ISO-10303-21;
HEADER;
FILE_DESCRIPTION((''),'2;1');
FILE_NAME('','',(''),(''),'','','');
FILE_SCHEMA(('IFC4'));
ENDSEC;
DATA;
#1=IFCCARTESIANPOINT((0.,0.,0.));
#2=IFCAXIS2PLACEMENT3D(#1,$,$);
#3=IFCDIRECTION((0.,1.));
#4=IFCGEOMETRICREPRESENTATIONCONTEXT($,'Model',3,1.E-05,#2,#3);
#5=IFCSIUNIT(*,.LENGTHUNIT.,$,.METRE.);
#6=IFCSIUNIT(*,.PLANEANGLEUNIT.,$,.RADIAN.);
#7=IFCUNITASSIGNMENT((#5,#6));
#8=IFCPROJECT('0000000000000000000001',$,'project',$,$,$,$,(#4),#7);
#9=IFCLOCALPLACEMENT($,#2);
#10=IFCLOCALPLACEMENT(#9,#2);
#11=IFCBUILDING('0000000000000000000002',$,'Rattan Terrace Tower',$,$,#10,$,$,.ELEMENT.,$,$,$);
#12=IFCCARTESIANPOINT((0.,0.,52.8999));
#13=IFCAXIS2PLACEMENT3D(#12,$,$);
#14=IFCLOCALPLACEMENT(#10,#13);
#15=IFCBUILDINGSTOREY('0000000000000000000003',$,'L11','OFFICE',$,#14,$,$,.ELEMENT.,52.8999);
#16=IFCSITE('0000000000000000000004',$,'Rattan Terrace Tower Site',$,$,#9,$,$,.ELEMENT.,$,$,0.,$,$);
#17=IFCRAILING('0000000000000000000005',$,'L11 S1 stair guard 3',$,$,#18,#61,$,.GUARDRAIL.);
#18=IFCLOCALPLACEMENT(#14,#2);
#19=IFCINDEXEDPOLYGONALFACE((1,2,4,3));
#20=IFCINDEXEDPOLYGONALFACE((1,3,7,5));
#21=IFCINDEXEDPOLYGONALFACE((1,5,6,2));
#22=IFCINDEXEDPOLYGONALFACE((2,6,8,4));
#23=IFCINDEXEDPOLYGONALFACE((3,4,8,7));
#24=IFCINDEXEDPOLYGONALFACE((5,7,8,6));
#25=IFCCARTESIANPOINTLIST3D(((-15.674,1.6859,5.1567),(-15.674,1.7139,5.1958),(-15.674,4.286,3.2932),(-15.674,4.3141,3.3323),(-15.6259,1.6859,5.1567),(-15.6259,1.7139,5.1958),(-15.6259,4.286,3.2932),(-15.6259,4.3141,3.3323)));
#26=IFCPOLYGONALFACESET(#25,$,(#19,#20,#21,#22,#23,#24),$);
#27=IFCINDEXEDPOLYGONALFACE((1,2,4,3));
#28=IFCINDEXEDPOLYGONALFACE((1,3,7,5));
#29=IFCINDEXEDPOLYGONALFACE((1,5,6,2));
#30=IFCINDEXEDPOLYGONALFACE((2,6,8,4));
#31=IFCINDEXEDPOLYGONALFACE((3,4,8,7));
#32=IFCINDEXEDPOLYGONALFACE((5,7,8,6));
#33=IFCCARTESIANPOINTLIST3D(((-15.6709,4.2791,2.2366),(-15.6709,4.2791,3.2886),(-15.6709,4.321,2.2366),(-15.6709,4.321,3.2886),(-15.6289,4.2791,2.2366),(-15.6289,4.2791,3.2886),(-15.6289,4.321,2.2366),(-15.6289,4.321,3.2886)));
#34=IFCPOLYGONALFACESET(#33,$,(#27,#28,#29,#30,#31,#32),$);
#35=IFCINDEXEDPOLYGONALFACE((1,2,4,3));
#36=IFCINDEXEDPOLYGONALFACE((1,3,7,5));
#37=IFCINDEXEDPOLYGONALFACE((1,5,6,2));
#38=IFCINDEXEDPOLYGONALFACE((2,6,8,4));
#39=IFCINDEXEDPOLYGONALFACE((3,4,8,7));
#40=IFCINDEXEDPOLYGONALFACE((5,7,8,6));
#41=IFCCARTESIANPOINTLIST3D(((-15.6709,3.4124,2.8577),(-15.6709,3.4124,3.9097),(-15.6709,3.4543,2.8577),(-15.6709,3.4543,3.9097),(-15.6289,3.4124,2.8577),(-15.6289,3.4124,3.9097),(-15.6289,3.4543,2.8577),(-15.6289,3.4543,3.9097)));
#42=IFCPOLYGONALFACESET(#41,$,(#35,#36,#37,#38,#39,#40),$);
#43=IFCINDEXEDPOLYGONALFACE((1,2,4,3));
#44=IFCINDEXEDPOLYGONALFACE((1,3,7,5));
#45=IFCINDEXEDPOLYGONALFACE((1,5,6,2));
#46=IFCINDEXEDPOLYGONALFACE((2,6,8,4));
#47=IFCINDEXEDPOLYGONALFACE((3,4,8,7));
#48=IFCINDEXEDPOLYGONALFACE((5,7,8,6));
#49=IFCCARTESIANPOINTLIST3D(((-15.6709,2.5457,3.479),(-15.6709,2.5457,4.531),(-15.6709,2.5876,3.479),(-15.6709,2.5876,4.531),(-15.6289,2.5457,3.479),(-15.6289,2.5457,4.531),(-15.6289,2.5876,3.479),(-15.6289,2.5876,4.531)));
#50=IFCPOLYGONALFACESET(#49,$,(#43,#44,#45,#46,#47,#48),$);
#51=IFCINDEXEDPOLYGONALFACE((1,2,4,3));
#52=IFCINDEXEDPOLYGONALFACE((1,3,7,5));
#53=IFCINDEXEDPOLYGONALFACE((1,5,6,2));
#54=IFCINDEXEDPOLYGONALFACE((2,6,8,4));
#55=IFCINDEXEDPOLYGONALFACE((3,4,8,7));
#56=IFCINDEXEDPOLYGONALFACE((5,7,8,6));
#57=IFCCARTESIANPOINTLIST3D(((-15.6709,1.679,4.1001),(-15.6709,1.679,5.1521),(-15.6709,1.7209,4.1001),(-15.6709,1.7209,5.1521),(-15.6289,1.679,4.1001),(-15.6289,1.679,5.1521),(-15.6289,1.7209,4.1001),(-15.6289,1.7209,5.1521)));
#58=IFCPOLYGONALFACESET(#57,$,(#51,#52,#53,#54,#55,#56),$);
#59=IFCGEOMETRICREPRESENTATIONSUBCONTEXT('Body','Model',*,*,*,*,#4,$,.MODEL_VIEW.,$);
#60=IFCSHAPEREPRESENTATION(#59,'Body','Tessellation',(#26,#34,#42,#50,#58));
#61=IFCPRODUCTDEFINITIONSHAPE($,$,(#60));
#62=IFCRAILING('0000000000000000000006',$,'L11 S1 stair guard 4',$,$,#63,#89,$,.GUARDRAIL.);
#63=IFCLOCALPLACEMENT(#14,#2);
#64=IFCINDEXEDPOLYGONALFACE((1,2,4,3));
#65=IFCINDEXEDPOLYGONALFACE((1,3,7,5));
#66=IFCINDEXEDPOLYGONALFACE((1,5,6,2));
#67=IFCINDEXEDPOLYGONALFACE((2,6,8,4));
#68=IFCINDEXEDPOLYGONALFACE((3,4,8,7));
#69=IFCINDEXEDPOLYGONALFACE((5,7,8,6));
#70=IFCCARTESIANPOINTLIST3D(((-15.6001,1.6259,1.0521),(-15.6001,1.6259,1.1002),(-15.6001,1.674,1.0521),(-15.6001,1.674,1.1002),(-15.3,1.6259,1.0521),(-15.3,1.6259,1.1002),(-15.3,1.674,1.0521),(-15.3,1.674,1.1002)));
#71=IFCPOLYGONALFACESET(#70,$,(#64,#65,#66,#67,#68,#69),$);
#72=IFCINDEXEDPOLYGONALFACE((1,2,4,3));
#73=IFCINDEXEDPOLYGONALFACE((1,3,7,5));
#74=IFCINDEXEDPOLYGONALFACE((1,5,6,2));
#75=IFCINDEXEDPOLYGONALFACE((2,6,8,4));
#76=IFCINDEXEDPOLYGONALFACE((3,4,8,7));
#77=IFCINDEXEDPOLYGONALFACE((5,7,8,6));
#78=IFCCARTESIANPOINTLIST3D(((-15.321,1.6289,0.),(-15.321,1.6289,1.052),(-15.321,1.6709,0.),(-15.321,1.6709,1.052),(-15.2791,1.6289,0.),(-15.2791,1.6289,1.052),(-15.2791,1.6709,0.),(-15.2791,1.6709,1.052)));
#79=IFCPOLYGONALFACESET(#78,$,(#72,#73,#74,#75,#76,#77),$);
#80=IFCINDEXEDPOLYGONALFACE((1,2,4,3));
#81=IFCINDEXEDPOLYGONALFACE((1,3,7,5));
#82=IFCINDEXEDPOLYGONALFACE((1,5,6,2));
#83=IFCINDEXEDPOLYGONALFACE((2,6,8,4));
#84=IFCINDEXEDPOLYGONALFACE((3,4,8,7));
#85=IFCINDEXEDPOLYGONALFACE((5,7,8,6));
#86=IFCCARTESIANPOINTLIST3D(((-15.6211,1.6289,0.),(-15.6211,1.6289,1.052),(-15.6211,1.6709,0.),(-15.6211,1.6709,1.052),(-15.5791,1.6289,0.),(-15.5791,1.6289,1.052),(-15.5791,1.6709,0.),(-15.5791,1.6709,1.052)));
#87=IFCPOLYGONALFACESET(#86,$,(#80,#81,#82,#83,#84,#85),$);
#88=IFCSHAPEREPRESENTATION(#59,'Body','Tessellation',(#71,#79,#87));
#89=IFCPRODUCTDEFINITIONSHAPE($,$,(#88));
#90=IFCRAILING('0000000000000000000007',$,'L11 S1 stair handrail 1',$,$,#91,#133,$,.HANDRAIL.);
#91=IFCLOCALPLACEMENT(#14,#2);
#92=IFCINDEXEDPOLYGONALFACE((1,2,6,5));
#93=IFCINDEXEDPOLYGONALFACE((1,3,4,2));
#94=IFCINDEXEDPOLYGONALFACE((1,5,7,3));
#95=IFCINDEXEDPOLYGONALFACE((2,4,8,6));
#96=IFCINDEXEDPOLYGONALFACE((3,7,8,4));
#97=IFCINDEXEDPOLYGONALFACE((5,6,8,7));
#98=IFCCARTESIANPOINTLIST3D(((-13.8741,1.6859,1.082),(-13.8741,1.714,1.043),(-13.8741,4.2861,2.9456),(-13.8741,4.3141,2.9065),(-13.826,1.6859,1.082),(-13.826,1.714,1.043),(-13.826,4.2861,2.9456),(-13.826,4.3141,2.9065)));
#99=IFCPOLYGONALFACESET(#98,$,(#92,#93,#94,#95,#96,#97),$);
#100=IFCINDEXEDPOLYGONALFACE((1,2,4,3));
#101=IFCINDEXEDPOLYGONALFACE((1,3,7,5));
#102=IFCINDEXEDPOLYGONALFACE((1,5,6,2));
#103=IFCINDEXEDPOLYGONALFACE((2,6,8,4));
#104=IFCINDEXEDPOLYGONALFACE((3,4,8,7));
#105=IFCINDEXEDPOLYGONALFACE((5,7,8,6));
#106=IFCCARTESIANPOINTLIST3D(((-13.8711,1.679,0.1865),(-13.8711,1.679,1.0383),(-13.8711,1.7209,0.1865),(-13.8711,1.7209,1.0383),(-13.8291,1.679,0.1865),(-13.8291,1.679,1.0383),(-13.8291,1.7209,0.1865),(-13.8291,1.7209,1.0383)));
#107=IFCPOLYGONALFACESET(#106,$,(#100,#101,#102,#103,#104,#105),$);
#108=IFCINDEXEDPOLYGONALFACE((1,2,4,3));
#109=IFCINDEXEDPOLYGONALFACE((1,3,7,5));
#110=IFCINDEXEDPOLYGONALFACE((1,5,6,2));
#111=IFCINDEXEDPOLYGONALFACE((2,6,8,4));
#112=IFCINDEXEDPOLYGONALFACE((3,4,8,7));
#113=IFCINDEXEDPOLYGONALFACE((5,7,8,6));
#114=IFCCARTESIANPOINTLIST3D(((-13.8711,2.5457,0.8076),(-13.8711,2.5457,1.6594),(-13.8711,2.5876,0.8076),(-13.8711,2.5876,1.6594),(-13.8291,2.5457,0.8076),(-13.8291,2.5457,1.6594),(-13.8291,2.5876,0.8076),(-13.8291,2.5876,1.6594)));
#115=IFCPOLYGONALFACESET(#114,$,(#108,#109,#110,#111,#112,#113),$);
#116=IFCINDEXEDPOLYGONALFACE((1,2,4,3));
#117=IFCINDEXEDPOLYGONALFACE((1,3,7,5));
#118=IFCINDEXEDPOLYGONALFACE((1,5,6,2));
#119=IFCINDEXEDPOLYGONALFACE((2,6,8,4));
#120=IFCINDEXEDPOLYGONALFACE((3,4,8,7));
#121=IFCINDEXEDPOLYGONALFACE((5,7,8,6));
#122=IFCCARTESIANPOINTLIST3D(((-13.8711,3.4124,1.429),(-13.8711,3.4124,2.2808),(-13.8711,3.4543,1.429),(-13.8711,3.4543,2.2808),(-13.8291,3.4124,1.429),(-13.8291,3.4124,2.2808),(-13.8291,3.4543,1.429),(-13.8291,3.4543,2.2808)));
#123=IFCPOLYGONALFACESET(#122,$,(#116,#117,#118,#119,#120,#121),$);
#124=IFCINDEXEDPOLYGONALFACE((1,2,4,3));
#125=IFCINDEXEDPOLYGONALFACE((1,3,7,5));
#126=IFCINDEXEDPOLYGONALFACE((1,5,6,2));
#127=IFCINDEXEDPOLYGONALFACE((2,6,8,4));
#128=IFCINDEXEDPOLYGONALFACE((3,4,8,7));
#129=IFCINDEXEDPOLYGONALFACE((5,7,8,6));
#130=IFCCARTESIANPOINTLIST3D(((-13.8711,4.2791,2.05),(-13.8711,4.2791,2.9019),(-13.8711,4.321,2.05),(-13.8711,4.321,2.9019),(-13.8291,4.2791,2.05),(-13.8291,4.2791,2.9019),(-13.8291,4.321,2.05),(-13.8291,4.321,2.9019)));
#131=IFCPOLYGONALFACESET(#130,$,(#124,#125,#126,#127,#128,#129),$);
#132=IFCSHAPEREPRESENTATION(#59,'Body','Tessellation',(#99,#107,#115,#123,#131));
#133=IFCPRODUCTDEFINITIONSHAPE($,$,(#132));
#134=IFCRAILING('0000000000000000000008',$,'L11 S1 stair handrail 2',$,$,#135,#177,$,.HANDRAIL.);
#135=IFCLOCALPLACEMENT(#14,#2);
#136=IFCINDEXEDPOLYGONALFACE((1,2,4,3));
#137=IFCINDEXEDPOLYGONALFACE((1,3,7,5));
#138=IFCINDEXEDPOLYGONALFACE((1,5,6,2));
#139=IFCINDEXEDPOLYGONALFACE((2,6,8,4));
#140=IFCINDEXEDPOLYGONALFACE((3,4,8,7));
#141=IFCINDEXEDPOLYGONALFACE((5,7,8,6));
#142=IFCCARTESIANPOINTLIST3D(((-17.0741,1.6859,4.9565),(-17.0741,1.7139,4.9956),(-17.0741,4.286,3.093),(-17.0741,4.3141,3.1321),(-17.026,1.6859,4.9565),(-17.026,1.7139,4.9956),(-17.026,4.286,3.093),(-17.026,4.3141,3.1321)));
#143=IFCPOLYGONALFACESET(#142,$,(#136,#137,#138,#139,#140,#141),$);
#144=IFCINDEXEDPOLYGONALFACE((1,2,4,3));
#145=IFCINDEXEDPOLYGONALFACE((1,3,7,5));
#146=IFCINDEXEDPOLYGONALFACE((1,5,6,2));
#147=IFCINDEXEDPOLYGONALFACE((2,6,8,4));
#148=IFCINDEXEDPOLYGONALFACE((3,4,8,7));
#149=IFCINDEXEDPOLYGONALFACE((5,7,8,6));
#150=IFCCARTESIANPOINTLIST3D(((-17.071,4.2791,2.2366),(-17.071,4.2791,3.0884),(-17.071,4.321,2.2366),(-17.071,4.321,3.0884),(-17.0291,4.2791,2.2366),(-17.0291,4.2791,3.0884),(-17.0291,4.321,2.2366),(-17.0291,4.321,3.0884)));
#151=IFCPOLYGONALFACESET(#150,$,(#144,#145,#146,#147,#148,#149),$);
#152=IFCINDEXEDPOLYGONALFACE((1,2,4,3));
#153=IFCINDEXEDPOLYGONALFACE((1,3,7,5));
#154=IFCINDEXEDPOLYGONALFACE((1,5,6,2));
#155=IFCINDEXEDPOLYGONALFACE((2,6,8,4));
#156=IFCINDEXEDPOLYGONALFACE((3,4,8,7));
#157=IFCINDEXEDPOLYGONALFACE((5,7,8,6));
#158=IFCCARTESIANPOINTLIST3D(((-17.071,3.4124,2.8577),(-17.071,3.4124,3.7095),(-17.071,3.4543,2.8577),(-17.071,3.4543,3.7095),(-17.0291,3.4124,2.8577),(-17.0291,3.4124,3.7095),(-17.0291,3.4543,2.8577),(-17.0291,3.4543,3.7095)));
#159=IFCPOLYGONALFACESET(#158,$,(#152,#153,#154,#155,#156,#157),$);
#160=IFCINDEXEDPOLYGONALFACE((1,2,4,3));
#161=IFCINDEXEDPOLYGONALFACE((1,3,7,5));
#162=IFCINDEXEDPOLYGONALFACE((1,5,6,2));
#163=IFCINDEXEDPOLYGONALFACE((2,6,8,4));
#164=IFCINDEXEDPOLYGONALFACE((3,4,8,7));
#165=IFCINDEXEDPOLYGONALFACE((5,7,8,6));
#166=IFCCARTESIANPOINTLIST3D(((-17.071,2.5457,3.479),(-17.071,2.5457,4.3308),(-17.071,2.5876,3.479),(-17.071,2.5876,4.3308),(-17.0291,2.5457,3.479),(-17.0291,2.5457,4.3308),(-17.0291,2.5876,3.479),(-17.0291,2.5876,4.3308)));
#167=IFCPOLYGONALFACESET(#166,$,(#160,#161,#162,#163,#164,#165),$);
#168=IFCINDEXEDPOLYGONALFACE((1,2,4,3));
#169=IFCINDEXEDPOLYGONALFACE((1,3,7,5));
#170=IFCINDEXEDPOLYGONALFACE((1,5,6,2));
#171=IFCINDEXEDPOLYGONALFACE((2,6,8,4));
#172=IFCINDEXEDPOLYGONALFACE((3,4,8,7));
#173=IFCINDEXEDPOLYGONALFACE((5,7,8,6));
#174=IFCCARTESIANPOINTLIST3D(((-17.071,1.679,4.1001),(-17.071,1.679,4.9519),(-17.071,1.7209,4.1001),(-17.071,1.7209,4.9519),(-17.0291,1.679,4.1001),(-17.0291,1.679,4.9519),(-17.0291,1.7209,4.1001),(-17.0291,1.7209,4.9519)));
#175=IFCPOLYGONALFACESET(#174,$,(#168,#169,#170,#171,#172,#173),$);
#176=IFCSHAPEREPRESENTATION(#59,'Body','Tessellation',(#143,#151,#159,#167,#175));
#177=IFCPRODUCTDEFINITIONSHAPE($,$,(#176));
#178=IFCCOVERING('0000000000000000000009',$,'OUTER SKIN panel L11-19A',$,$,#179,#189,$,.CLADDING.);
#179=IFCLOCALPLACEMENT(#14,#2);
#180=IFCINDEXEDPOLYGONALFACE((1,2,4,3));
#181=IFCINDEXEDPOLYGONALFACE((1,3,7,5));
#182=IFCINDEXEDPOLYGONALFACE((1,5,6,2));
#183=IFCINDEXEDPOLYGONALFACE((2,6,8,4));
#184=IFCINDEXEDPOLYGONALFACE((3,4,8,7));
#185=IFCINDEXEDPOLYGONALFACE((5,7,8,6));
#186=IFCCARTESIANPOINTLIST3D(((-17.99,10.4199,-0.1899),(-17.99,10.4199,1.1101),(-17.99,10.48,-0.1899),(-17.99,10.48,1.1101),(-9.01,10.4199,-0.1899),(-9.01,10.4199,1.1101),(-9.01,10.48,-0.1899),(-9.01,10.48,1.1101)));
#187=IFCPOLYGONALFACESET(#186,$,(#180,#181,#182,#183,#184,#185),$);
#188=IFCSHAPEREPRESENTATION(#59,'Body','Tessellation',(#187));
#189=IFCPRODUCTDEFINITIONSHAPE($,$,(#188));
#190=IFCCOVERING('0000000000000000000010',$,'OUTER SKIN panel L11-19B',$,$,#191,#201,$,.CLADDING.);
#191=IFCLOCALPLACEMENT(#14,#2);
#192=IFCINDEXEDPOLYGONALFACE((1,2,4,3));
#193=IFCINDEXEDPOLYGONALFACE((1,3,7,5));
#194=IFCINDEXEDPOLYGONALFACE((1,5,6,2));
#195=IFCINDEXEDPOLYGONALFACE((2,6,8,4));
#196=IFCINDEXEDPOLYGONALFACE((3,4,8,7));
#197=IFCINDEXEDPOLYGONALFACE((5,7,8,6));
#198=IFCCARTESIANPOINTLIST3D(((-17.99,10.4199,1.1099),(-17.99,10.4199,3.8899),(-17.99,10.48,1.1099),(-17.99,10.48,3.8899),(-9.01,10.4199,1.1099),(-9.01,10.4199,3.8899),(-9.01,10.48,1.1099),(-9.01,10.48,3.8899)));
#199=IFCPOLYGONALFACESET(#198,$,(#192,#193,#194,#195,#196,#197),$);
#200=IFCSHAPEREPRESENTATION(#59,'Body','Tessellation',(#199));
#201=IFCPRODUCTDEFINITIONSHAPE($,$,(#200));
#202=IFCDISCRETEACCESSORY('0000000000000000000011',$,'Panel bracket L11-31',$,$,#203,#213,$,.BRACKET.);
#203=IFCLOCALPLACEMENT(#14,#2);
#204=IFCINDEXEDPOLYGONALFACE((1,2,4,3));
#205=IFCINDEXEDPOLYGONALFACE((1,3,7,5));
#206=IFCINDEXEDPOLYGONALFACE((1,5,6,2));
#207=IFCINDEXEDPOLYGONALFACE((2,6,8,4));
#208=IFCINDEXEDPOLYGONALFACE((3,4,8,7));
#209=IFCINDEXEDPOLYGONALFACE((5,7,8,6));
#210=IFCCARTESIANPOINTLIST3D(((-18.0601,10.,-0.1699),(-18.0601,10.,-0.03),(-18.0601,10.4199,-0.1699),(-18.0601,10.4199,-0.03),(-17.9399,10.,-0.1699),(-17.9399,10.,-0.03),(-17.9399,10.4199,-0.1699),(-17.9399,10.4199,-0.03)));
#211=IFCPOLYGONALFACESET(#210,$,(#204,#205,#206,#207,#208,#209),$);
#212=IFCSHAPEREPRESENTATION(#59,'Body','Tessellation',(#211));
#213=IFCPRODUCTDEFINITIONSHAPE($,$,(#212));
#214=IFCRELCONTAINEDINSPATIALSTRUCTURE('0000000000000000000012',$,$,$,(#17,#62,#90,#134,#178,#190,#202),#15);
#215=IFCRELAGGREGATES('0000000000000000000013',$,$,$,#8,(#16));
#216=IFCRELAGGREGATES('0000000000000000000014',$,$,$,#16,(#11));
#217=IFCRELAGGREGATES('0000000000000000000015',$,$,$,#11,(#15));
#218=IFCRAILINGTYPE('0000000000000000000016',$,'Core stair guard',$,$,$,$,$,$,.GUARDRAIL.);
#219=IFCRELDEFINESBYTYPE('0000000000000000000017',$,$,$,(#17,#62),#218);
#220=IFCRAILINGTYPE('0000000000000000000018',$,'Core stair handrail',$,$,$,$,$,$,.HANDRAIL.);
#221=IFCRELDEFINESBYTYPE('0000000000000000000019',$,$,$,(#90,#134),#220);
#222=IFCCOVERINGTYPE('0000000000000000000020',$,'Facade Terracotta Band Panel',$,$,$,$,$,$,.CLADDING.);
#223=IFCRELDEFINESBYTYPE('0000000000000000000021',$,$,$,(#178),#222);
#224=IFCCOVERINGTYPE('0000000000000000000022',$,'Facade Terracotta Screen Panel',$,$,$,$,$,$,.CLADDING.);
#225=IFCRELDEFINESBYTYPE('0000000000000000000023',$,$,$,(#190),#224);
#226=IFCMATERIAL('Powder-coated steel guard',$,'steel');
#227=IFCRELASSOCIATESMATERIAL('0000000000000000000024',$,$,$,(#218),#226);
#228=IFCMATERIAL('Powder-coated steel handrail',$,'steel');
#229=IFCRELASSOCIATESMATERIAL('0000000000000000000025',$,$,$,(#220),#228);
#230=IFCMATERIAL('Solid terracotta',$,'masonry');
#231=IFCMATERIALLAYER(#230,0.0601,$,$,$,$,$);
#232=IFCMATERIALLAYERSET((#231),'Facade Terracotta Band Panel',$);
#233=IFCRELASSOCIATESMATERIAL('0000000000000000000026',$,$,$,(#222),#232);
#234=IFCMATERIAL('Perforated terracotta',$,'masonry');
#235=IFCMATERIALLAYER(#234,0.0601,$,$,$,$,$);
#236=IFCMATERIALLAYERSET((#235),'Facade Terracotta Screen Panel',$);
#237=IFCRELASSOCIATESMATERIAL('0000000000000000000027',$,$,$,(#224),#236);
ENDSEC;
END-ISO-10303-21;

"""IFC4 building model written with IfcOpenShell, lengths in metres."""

from ifc_helpers import new_model, si_unit, direction, frame, origin, origin_2d, place, context, subcontext, project, spatial, rectangle, extrude, material, layer, layer_set, type_object, element, save


model = new_model("IFC4")

# Units and contexts
model_context = context("Model", 3, precision=1e-05, world=origin(), true_north=direction((0.0, 1.0)))
body_context = subcontext(model_context, "Body", "Model", "MODEL_VIEW")
ifc_project = project(units=[si_unit("LENGTHUNIT", "METRE"), si_unit("PLANEANGLEUNIT", "RADIAN")], contexts=[model_context])

# Site, building, storey
site_placement = place(None, origin())
site = spatial("IfcSite", under=ifc_project, at=site_placement, Name="Rattan Terrace Tower Site", CompositionType="ELEMENT", RefElevation=0.0)
building_placement = place(site_placement, origin())
building = spatial("IfcBuilding", under=site, at=building_placement, Name="Rattan Terrace Tower", CompositionType="ELEMENT")
storey_placement = place(building_placement, frame((0.0, 0.0, 52.8999)))
storey = spatial("IfcBuildingStorey", under=building, at=storey_placement, Name="L11", Description="OFFICE", CompositionType="ELEMENT", Elevation=52.8999)

# Railings
ifc_material_1 = material(Name="Powder-coated steel guard", Category="steel")
railing_type_1 = type_object("IfcRailingType", Name="Core stair guard", PredefinedType="GUARDRAIL", material=ifc_material_1)
railing_1_placement = place(storey_placement, frame((-15.6499, 4.3, 2.2366)))
element("IfcRailing", 1, at=railing_1_placement, inside=storey, type_object=railing_type_1, Name="L11 S1 stair guard 3", PredefinedType="GUARDRAIL", context=body_context, shape_type="SweptSolid", body=[
    extrude(rectangle(XDim=0.0481, YDim=0.0481, at=origin_2d()), frame((0.0, 0.0, 1.0762), z_axis=(0.0, -0.812799, 0.582544), x_axis=(1.0, 0.0, 0.0)), (0.0, 0.0, 1.0), 3.199),
    extrude(rectangle(XDim=0.042, YDim=0.042, at=origin_2d()), origin(), (0.0, 0.0, 1.0), 1.052),
    extrude(rectangle(XDim=0.042, YDim=0.042, at=origin_2d()), frame((0.0, -0.8667, 0.6211)), (0.0, 0.0, 1.0), 1.052),
    extrude(rectangle(XDim=0.042, YDim=0.042, at=origin_2d()), frame((0.0, -1.7334, 1.2424)), (0.0, 0.0, 1.0), 1.052),
    extrude(rectangle(XDim=0.042, YDim=0.042, at=origin_2d()), frame((0.0, -2.6001, 1.8635)), (0.0, 0.0, 1.0), 1.052),
])
railing_2_placement = place(storey_placement, frame((-15.3, 1.6499, 0.0)))
element("IfcRailing", 2, at=railing_2_placement, inside=storey, type_object=railing_type_1, Name="L11 S1 stair guard 4", PredefinedType="GUARDRAIL", context=body_context, shape_type="SweptSolid", body=[
    extrude(rectangle(XDim=0.0481, YDim=0.0481, at=origin_2d()), frame((0.0, 0.0, 1.0762), z_axis=(-1.0, 0.0, 0.0), x_axis=(0.0, -1.0, 0.0)), (0.0, 0.0, 1.0), 0.3),
    extrude(rectangle(XDim=0.042, YDim=0.042, at=origin_2d()), origin(), (0.0, 0.0, 1.0), 1.052),
    extrude(rectangle(XDim=0.042, YDim=0.042, at=origin_2d()), frame((-0.3, 0.0, 0.0)), (0.0, 0.0, 1.0), 1.052),
])
ifc_material_2 = material(Name="Powder-coated steel handrail", Category="steel")
railing_type_2 = type_object("IfcRailingType", Name="Core stair handrail", PredefinedType="HANDRAIL", material=ifc_material_2)
railing_3_placement = place(storey_placement, frame((-13.8501, 1.7, 0.1865)))
element("IfcRailing", 3, at=railing_3_placement, inside=storey, type_object=railing_type_2, Name="L11 S1 stair handrail 1", PredefinedType="HANDRAIL", context=body_context, shape_type="SweptSolid", body=[
    extrude(rectangle(XDim=0.0481, YDim=0.0481, at=origin_2d()), frame((0.0, 0.0, 0.876), z_axis=(0.0, 0.812799, 0.582544), x_axis=(-1.0, 0.0, 0.0)), (0.0, 0.0, 1.0), 3.199),
    extrude(rectangle(XDim=0.042, YDim=0.042, at=origin_2d()), origin(), (0.0, 0.0, 1.0), 0.8518),
    extrude(rectangle(XDim=0.042, YDim=0.042, at=origin_2d()), frame((0.0, 0.8667, 0.6211)), (0.0, 0.0, 1.0), 0.8518),
    extrude(rectangle(XDim=0.042, YDim=0.042, at=origin_2d()), frame((0.0, 1.7334, 1.2424)), (0.0, 0.0, 1.0), 0.8518),
    extrude(rectangle(XDim=0.042, YDim=0.042, at=origin_2d()), frame((0.0, 2.6001, 1.8635)), (0.0, 0.0, 1.0), 0.8518),
])
railing_4_placement = place(storey_placement, frame((-17.05, 4.3, 2.2366)))
element("IfcRailing", 4, at=railing_4_placement, inside=storey, type_object=railing_type_2, Name="L11 S1 stair handrail 2", PredefinedType="HANDRAIL", context=body_context, shape_type="SweptSolid", body=[
    extrude(rectangle(XDim=0.0481, YDim=0.0481, at=origin_2d()), frame((0.0, 0.0, 0.876), z_axis=(0.0, -0.812799, 0.582544), x_axis=(1.0, 0.0, 0.0)), (0.0, 0.0, 1.0), 3.199),
    extrude(rectangle(XDim=0.042, YDim=0.042, at=origin_2d()), origin(), (0.0, 0.0, 1.0), 0.8518),
    extrude(rectangle(XDim=0.042, YDim=0.042, at=origin_2d()), frame((0.0, -0.8667, 0.6211)), (0.0, 0.0, 1.0), 0.8518),
    extrude(rectangle(XDim=0.042, YDim=0.042, at=origin_2d()), frame((0.0, -1.7334, 1.2424)), (0.0, 0.0, 1.0), 0.8518),
    extrude(rectangle(XDim=0.042, YDim=0.042, at=origin_2d()), frame((0.0, -2.6001, 1.8635)), (0.0, 0.0, 1.0), 0.8518),
])

# Coverings
ifc_material_3 = material(Name="Solid terracotta", Category="masonry")
ifc_layer_1 = layer(ifc_material_3, 0.0601)
ifc_layer_set_1 = layer_set([ifc_layer_1], Name="Facade Terracotta Band Panel")
covering_type_1 = type_object("IfcCoveringType", Name="Facade Terracotta Band Panel", PredefinedType="CLADDING", material=ifc_layer_set_1)
covering_1_placement = place(storey_placement, frame((-13.5, 10.45, -0.1899), z_axis=(0.0, 0.0, 1.0), x_axis=(-1.0, 0.0, 0.0)))
element("IfcCovering", 5, at=covering_1_placement, inside=storey, type_object=covering_type_1, Name="OUTER SKIN panel L11-19A", PredefinedType="CLADDING", context=body_context, shape_type="SweptSolid", body=[
    extrude(rectangle(XDim=8.98, YDim=0.0601, at=origin_2d()), origin(), (0.0, 0.0, 1.0), 1.3),
])
ifc_material_4 = material(Name="Perforated terracotta", Category="masonry")
ifc_layer_2 = layer(ifc_material_4, 0.0601)
ifc_layer_set_2 = layer_set([ifc_layer_2], Name="Facade Terracotta Screen Panel")
covering_type_2 = type_object("IfcCoveringType", Name="Facade Terracotta Screen Panel", PredefinedType="CLADDING", material=ifc_layer_set_2)
covering_2_placement = place(storey_placement, frame((-13.5, 10.45, 1.1099), z_axis=(0.0, 0.0, 1.0), x_axis=(-1.0, 0.0, 0.0)))
element("IfcCovering", 6, at=covering_2_placement, inside=storey, type_object=covering_type_2, Name="OUTER SKIN panel L11-19B", PredefinedType="CLADDING", context=body_context, shape_type="SweptSolid", body=[
    extrude(rectangle(XDim=8.98, YDim=0.0601, at=origin_2d()), origin(), (0.0, 0.0, 1.0), 2.78),
])

# Discrete accessory
discrete_accessory_placement = place(storey_placement, frame((-18.0, 10.21, -0.1699), z_axis=(0.0, 0.0, 1.0), x_axis=(-1.0, 0.0, 0.0)))
element("IfcDiscreteAccessory", 7, at=discrete_accessory_placement, inside=storey, Name="Panel bracket L11-31", PredefinedType="BRACKET", context=body_context, shape_type="SweptSolid", body=[
    extrude(rectangle(XDim=0.1201, YDim=0.4199, at=origin_2d()), origin(), (0.0, 0.0, 1.0), 0.1399),
])

save(model, "model.ifc")
